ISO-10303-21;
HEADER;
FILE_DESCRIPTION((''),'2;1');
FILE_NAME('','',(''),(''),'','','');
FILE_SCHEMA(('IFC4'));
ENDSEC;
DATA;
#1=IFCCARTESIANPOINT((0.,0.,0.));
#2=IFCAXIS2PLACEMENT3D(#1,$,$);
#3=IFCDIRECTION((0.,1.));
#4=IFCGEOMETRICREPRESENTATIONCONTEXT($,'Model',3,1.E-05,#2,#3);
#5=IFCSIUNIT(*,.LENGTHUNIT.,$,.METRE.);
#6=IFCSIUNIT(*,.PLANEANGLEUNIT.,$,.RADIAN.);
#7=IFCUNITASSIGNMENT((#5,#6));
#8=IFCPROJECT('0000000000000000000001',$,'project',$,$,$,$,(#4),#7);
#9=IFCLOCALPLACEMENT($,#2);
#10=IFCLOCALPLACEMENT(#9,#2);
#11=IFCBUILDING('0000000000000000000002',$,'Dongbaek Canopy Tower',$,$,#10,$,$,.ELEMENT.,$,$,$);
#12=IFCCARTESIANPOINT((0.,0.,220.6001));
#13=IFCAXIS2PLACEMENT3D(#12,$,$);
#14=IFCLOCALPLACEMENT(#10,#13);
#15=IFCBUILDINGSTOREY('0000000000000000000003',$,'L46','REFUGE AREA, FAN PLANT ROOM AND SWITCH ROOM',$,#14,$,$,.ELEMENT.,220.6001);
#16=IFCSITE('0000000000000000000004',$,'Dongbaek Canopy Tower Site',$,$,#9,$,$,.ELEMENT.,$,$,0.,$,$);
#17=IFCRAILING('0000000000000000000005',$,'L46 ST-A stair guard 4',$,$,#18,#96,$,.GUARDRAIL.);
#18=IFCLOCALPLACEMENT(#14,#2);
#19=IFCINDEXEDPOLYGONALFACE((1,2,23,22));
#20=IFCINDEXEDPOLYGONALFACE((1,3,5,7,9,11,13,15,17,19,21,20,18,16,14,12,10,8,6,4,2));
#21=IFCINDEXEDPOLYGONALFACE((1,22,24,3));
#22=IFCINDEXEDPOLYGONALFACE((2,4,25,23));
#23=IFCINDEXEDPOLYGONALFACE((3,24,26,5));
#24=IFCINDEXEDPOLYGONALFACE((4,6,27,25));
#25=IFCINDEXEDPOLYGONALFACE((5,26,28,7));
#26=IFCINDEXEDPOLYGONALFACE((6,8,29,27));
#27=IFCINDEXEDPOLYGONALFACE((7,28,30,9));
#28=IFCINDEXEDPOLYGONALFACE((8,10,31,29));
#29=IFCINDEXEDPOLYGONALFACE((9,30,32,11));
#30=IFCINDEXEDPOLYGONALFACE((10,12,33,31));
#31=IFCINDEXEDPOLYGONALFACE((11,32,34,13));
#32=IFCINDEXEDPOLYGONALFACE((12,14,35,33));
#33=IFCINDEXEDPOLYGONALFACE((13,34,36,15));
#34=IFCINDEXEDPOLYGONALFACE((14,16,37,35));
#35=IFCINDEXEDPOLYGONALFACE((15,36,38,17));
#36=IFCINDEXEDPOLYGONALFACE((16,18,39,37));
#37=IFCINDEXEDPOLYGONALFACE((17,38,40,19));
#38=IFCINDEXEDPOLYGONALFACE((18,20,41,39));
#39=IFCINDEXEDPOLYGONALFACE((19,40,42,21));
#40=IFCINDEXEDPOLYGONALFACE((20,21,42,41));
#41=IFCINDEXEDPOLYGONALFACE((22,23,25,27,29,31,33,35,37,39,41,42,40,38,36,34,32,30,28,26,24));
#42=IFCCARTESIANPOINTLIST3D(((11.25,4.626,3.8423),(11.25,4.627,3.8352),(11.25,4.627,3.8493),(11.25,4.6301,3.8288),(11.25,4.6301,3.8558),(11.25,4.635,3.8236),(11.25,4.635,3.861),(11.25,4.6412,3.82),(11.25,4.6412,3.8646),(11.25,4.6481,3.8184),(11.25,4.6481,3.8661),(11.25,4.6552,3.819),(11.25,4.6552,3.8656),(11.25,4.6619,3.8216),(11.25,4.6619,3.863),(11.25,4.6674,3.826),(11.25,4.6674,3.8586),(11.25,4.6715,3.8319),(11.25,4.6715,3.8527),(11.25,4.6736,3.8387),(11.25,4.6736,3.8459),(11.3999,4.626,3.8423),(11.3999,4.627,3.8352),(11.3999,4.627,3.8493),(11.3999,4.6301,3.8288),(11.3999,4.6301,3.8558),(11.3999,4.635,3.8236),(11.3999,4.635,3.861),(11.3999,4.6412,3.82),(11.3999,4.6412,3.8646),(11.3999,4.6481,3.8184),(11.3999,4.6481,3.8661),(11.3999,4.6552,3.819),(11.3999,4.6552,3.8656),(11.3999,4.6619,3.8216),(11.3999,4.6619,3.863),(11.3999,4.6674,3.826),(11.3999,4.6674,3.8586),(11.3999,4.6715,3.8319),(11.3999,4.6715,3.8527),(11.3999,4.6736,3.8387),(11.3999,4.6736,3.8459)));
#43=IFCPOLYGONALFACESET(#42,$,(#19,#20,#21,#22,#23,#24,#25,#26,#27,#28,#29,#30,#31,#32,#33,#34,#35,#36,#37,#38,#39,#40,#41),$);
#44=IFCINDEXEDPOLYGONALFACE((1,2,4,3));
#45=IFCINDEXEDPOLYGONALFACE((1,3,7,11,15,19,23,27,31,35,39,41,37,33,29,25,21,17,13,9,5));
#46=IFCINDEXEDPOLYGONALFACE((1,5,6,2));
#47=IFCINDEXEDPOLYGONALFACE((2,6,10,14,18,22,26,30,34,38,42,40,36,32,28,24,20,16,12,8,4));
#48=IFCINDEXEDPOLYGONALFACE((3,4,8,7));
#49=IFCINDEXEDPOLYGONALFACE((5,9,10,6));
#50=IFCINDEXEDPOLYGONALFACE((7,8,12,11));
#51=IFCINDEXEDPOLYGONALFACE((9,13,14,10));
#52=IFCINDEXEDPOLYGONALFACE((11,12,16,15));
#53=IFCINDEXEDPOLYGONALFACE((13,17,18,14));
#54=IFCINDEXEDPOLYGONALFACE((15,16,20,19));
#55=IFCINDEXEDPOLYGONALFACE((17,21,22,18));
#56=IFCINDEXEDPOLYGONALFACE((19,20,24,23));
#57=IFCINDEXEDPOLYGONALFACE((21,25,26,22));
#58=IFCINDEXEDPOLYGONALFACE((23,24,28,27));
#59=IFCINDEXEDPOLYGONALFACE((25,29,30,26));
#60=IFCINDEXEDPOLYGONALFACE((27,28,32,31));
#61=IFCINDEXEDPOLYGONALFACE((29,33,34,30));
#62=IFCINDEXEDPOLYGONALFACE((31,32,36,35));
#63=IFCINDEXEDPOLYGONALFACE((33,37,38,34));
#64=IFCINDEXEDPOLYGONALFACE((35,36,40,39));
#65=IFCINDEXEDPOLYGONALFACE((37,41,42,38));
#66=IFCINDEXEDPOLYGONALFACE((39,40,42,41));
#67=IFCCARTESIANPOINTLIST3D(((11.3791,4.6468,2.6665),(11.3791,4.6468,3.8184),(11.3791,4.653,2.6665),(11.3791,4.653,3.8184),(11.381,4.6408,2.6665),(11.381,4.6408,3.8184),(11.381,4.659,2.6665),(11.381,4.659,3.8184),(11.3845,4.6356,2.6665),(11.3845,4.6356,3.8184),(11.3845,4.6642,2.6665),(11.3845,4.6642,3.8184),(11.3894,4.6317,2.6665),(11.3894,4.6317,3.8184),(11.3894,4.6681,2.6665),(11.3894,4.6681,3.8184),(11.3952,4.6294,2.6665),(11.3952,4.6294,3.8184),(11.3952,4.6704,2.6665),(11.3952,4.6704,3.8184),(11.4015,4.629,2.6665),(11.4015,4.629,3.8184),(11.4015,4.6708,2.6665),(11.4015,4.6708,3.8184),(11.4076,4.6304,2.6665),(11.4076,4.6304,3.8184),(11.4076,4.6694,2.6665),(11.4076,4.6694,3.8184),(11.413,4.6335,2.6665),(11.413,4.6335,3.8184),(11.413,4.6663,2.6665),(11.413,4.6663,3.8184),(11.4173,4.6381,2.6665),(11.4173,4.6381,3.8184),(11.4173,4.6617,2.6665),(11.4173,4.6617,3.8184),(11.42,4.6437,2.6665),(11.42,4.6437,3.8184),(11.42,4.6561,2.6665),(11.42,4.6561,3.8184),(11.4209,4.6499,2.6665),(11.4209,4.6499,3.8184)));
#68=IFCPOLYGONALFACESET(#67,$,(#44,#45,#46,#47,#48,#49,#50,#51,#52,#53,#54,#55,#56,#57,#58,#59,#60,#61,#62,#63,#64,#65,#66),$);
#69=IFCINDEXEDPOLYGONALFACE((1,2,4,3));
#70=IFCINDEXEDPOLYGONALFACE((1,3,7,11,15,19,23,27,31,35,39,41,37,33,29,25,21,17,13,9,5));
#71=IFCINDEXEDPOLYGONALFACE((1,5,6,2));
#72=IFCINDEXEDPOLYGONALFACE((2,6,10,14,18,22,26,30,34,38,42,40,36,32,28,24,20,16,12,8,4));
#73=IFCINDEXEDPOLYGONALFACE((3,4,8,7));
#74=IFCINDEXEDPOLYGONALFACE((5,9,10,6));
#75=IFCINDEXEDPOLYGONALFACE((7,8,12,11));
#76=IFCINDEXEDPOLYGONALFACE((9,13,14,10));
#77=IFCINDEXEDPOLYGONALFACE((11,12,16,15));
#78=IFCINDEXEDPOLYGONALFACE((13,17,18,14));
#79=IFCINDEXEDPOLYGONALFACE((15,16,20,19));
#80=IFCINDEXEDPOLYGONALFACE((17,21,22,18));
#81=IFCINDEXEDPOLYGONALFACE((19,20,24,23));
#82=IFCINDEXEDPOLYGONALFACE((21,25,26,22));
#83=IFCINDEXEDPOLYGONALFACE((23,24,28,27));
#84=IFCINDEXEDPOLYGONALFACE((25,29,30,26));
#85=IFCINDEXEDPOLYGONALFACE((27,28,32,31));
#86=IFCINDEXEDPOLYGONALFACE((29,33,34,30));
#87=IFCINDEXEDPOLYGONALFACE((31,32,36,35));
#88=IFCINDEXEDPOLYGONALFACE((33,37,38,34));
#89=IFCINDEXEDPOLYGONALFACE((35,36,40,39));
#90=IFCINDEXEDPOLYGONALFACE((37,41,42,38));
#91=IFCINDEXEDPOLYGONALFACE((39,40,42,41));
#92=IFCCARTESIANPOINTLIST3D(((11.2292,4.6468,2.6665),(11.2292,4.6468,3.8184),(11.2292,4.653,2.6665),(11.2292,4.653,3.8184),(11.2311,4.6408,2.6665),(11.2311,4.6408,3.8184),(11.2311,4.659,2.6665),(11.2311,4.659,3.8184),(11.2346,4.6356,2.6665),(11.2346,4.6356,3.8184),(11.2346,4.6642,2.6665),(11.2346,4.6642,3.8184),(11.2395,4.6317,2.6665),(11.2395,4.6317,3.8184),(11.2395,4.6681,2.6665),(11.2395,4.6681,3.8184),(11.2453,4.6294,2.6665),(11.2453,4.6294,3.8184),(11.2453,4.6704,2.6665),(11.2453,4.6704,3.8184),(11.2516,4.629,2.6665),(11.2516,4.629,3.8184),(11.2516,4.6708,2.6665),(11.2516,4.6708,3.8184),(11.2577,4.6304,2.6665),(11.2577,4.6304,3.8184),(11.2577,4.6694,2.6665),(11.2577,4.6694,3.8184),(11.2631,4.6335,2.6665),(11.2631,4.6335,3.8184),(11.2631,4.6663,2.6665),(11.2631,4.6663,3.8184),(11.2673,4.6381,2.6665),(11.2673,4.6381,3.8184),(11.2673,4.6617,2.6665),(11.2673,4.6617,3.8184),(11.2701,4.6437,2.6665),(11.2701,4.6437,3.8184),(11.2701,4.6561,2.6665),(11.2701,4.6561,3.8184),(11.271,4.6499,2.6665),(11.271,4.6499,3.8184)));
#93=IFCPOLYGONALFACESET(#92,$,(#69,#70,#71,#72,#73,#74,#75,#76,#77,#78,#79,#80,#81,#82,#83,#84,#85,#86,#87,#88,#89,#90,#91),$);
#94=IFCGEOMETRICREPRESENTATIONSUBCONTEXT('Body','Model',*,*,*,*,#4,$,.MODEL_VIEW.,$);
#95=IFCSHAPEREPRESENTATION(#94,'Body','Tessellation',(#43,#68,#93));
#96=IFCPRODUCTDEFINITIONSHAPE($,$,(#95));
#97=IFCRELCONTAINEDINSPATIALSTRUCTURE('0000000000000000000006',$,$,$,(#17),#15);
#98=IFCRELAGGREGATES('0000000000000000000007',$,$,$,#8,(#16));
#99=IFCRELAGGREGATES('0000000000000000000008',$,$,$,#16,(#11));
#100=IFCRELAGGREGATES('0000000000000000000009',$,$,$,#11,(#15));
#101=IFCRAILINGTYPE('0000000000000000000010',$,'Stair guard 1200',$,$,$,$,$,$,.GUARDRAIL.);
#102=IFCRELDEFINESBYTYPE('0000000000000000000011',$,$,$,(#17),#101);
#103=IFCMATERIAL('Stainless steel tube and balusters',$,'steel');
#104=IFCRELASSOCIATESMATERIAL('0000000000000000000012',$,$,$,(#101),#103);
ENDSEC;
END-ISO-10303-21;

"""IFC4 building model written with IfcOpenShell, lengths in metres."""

from ifc_helpers import new_model, si_unit, direction, frame, origin, origin_2d, place, context, subcontext, project, spatial, circle, extrude, material, type_object, element, save


model = new_model("IFC4")

# Units and contexts
model_context = context("Model", 3, precision=1e-05, world=origin(), true_north=direction((0.0, 1.0)))
body_context = subcontext(model_context, "Body", "Model", "MODEL_VIEW")
ifc_project = project(units=[si_unit("LENGTHUNIT", "METRE"), si_unit("PLANEANGLEUNIT", "RADIAN")], contexts=[model_context])

# Site, building, storey
site_placement = place(None, origin())
site = spatial("IfcSite", under=ifc_project, at=site_placement, Name="Dongbaek Canopy Tower Site", CompositionType="ELEMENT", RefElevation=0.0)
building_placement = place(site_placement, origin())
building = spatial("IfcBuilding", under=site, at=building_placement, Name="Dongbaek Canopy Tower", CompositionType="ELEMENT")
storey_placement = place(building_placement, frame((0.0, 0.0, 220.6001)))
storey = spatial("IfcBuildingStorey", under=building, at=storey_placement, Name="L46", Description="REFUGE AREA, FAN PLANT ROOM AND SWITCH ROOM", CompositionType="ELEMENT", Elevation=220.6001)

# Railing
ifc_material_1 = material(Name="Stainless steel tube and balusters", Category="steel")
railing_type_1 = type_object("IfcRailingType", Name="Stair guard 1200", PredefinedType="GUARDRAIL", material=ifc_material_1)
railing_1_placement = place(storey_placement, frame((11.3999, 4.6499, 2.6665)))
element("IfcRailing", 1, at=railing_1_placement, inside=storey, type_object=railing_type_1, Name="L46 ST-A stair guard 4", PredefinedType="GUARDRAIL", context=body_context, shape_type="SweptSolid", body=[
    extrude(circle(Radius=0.0239, at=origin_2d()), frame((0.0, 0.0, 1.1758), z_axis=(-1.0, 0.0, 0.0), x_axis=(0.0, -1.0, 0.0)), (0.0, 0.0, 1.0), 0.1499),
    extrude(circle(Radius=0.021, at=origin_2d()), origin(), (0.0, 0.0, 1.0), 1.1519),
    extrude(circle(Radius=0.021, at=origin_2d()), frame((-0.1499, 0.0, 0.0)), (0.0, 0.0, 1.0), 1.1519),
])

save(model, "model.ifc")
